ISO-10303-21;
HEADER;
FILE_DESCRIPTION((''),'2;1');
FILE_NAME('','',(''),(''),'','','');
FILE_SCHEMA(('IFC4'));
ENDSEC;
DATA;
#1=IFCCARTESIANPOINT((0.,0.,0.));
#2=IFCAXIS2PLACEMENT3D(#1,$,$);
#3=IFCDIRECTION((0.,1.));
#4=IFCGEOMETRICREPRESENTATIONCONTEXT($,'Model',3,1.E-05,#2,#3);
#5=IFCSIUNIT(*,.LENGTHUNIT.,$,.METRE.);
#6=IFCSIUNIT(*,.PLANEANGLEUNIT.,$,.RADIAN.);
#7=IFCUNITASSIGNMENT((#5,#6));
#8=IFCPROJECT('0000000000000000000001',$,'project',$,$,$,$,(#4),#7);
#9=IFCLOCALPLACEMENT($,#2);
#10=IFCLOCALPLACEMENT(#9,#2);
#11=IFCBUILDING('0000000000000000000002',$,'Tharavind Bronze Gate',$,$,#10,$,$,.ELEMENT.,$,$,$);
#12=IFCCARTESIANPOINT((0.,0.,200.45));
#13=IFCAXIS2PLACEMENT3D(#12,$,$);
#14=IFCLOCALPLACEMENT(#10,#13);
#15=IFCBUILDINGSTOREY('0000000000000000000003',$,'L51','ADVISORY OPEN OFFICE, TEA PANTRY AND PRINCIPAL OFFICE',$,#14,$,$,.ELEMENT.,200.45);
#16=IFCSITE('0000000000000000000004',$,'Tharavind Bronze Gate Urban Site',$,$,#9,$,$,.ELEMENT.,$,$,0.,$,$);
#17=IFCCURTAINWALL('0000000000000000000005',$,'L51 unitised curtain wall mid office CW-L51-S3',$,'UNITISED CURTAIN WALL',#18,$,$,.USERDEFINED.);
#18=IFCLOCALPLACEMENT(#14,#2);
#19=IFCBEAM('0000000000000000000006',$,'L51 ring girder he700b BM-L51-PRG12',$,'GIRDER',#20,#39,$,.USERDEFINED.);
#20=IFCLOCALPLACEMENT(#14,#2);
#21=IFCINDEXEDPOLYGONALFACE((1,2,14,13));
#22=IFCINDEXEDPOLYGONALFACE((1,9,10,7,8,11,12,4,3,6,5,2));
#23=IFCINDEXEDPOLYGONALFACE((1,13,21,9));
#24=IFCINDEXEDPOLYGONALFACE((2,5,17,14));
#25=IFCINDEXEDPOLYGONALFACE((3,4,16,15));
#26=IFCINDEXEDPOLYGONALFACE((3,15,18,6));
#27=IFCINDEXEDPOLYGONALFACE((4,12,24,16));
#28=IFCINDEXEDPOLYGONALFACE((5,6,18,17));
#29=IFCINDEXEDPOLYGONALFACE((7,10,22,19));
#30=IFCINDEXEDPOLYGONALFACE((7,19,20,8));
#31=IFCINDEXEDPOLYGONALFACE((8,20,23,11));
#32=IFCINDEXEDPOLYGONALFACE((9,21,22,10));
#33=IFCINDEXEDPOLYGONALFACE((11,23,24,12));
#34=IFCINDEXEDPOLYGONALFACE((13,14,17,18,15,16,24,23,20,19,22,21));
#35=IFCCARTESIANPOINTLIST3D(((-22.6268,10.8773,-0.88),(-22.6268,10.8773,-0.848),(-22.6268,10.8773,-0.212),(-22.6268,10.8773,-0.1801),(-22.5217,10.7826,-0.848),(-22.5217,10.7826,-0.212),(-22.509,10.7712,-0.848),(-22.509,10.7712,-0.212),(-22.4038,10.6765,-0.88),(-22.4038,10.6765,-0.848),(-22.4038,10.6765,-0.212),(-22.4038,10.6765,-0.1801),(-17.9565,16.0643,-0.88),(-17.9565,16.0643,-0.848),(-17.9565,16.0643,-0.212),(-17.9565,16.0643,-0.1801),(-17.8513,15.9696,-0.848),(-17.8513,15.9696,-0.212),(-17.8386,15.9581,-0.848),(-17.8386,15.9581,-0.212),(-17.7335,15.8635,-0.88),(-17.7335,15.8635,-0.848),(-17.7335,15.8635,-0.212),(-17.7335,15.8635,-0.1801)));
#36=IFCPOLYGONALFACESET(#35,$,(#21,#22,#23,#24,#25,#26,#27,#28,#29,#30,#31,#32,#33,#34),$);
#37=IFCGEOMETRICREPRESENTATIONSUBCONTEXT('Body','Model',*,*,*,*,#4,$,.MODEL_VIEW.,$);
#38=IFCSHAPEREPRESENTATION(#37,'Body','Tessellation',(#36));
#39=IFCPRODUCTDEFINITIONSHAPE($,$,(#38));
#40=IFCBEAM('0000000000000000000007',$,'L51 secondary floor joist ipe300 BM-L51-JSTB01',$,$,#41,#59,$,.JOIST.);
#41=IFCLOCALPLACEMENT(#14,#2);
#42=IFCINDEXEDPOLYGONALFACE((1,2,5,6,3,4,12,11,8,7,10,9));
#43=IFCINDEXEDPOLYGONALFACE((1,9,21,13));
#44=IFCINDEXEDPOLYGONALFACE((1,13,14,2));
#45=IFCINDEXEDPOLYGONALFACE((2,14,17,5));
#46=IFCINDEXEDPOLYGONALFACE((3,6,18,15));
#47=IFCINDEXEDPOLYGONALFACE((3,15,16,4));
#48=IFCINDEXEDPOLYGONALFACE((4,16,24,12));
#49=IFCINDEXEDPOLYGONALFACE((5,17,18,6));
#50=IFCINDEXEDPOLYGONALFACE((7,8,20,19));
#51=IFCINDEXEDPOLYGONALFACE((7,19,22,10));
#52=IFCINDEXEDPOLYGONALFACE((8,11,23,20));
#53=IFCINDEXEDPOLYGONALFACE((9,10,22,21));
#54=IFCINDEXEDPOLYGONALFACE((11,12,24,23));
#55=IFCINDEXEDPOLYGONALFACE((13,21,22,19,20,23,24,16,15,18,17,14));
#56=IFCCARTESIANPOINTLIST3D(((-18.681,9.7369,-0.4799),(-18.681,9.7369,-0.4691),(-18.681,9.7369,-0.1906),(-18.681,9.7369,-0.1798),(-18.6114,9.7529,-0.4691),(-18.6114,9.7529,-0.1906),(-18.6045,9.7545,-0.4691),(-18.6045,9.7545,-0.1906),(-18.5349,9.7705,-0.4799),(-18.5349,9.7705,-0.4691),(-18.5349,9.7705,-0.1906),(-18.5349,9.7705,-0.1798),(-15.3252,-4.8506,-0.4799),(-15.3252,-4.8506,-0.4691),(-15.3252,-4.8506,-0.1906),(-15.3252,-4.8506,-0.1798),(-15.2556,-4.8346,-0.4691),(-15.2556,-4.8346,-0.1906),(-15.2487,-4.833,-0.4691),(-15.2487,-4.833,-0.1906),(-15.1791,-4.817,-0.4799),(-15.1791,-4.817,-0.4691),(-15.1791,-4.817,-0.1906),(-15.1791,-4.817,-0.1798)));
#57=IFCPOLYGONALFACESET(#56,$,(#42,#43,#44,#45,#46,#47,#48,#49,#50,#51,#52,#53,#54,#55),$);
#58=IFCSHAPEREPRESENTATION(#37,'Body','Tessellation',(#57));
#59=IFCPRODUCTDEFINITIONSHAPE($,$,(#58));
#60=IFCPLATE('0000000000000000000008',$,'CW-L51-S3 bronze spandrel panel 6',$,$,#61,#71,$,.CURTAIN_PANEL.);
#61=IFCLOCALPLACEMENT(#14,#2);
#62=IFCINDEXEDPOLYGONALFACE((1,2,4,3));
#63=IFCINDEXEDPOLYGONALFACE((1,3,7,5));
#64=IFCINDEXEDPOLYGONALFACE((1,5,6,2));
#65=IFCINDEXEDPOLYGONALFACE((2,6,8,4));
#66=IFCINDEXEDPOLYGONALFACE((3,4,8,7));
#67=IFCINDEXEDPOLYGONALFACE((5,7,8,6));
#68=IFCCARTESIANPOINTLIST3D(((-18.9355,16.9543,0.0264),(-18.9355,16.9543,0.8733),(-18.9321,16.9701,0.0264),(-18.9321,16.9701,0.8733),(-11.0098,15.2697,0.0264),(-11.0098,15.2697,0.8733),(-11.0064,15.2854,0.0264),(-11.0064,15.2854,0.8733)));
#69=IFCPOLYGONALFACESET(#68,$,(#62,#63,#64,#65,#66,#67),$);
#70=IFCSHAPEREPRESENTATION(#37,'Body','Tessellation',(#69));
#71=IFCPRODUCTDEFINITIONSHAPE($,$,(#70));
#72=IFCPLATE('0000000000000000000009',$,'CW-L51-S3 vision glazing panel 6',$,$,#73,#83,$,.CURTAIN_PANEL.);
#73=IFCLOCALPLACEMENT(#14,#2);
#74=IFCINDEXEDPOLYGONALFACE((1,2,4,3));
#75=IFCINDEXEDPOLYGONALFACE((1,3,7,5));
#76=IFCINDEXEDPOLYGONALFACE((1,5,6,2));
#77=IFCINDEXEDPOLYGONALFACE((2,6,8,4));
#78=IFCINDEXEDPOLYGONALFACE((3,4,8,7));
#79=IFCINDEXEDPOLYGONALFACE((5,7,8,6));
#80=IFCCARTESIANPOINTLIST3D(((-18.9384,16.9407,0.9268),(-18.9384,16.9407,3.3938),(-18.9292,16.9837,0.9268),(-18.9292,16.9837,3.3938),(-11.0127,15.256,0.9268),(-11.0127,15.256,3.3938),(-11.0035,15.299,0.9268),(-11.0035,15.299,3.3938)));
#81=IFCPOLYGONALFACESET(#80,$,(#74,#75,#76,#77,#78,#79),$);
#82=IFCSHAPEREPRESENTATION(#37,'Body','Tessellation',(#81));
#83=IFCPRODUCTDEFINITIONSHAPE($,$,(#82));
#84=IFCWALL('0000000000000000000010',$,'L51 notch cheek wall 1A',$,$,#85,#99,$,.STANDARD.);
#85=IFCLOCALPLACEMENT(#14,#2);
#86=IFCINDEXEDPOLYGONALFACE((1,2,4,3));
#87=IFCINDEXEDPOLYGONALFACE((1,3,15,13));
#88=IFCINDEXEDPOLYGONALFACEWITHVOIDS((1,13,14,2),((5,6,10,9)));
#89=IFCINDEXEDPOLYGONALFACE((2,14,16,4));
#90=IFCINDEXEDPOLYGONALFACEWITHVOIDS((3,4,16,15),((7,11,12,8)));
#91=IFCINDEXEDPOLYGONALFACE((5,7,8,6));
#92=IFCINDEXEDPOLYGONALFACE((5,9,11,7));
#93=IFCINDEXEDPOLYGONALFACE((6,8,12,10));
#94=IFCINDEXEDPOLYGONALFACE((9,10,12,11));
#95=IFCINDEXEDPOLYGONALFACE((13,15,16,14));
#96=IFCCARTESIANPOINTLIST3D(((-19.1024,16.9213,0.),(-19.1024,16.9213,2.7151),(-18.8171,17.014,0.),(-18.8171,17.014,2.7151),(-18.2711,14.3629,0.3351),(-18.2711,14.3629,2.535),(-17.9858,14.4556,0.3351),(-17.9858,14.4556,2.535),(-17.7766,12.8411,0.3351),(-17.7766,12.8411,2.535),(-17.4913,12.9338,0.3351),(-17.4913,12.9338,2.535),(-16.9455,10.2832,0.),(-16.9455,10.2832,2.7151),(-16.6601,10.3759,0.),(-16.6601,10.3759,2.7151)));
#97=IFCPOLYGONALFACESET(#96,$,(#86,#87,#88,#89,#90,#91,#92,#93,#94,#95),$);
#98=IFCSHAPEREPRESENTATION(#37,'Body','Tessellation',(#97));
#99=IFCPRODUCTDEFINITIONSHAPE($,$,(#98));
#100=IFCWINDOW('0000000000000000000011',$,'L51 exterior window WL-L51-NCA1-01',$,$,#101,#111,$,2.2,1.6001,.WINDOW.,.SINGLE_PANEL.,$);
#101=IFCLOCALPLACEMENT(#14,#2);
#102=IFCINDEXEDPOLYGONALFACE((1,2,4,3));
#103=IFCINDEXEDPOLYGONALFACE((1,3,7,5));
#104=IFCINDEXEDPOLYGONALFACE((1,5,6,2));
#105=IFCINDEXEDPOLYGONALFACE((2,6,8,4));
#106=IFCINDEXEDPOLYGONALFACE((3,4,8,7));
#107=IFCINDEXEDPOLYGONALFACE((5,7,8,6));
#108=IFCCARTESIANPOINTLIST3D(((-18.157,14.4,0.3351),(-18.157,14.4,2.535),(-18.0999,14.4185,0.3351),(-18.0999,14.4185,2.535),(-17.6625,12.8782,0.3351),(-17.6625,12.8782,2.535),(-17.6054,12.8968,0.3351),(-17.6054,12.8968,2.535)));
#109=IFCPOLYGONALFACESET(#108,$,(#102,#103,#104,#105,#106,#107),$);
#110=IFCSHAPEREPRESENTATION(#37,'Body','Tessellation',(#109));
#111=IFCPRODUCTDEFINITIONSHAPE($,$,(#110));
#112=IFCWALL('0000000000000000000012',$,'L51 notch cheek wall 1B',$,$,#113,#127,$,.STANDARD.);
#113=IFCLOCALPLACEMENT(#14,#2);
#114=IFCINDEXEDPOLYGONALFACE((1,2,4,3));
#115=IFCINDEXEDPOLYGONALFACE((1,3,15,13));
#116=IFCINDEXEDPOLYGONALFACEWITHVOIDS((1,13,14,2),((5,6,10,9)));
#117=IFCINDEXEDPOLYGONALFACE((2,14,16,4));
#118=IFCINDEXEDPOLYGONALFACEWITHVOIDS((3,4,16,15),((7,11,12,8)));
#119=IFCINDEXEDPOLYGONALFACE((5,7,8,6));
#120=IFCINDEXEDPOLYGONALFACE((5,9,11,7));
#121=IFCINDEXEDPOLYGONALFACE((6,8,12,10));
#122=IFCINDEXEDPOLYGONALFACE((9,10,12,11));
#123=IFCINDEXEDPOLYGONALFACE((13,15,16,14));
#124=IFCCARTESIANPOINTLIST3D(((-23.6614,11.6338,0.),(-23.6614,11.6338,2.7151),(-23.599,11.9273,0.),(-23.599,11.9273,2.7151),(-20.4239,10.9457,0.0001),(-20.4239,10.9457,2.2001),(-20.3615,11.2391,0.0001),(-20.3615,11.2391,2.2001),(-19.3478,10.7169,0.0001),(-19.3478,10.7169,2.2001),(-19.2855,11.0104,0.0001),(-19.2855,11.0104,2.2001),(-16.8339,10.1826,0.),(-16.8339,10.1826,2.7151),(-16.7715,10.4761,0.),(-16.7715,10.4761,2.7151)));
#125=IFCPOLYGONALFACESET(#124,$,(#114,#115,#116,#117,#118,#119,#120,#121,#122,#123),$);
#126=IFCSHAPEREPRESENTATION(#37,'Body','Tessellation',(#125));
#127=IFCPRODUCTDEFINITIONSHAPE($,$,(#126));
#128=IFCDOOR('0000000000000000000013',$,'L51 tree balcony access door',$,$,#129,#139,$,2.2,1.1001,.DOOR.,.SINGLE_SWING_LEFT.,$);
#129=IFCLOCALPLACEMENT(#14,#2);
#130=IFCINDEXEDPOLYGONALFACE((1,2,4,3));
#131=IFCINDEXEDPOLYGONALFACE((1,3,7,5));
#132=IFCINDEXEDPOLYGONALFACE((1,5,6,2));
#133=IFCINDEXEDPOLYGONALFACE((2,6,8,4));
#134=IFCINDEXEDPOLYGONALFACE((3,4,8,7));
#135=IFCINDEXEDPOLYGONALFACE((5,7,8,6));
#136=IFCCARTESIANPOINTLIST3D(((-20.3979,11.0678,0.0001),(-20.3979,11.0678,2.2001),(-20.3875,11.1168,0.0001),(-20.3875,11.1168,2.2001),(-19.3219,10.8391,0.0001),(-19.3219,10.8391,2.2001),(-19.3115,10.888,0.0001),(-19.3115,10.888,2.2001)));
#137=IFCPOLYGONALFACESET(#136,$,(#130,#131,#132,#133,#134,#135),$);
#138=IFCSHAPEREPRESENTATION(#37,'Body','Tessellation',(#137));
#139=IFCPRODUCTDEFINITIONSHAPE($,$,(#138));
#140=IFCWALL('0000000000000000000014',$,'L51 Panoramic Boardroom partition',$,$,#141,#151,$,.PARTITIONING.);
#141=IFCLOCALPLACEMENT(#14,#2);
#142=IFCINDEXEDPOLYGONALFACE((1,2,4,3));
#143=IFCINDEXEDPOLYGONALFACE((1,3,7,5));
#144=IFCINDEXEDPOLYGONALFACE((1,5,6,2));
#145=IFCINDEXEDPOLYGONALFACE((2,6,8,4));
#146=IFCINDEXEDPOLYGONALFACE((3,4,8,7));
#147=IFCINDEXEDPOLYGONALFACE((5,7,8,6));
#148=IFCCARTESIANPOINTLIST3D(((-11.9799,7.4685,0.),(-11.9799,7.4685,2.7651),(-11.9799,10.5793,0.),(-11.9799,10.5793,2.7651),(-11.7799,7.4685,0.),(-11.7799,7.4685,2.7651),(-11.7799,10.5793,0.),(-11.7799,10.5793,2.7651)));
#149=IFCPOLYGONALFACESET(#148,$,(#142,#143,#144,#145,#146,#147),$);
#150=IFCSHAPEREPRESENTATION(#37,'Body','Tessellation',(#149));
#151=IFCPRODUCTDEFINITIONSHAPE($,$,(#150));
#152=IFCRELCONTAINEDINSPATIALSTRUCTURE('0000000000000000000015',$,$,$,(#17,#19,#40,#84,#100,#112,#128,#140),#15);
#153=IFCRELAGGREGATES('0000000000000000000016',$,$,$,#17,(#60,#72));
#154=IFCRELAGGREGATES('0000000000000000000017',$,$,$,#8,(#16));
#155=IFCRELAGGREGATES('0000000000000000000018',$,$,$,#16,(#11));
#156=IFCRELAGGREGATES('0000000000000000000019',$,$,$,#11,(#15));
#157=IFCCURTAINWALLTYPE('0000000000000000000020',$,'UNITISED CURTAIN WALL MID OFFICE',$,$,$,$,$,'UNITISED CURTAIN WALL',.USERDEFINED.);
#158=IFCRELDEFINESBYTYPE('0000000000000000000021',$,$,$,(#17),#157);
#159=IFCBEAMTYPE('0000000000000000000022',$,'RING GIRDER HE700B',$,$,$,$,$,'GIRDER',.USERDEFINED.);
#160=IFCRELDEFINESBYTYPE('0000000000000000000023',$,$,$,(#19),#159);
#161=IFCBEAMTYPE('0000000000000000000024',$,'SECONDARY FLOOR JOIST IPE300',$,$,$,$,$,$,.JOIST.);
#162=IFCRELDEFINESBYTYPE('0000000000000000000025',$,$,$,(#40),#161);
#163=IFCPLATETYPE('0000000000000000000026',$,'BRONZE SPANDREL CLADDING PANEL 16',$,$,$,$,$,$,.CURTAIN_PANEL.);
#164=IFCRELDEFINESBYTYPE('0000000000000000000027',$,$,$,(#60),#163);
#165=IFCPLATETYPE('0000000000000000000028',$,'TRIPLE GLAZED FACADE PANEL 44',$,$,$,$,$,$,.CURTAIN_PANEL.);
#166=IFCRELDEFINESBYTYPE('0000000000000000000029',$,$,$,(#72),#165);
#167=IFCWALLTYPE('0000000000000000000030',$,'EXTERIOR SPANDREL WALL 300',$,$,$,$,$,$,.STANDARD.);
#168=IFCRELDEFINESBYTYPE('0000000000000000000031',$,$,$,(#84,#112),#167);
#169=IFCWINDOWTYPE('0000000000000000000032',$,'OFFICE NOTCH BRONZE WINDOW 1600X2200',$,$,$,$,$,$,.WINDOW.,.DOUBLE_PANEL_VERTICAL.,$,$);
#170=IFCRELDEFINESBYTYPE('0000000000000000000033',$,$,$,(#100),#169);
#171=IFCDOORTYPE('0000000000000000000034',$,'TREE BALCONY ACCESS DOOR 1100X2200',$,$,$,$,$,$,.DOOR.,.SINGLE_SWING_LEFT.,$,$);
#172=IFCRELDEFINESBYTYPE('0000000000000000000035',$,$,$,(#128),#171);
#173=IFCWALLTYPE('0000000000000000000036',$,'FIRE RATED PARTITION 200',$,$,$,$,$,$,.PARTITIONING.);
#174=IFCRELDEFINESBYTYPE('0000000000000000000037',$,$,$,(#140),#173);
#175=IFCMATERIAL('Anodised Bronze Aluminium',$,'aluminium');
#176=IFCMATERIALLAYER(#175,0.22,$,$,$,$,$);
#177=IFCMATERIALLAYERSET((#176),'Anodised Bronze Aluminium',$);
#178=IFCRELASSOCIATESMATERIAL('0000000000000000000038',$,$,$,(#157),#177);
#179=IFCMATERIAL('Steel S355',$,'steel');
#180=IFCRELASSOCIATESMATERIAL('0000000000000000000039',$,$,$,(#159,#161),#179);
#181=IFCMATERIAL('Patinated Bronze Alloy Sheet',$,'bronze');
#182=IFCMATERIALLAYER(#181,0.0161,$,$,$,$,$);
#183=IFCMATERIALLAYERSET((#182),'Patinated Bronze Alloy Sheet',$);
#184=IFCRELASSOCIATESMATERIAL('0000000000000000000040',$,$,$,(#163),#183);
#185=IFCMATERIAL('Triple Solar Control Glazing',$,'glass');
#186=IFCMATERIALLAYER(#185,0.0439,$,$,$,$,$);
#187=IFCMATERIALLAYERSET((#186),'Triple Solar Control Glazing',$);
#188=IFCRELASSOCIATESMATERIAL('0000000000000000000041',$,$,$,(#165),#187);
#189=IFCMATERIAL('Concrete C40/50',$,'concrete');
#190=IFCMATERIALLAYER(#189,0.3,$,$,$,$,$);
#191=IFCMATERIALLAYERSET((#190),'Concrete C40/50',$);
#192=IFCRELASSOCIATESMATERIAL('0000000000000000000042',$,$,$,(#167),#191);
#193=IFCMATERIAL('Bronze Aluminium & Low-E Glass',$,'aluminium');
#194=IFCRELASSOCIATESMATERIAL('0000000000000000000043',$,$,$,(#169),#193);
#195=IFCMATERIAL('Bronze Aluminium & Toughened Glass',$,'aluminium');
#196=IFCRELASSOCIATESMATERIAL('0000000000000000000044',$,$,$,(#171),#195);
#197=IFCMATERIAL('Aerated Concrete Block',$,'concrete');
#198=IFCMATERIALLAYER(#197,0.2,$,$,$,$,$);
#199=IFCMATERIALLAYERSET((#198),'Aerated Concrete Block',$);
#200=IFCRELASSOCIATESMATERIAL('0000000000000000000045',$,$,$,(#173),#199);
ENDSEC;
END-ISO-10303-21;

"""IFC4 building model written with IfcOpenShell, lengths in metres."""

from ifc_helpers import new_model, si_unit, direction, frame, frame_2d, origin, origin_2d, place, context, subcontext, project, spatial, rectangle, i_section, extrude, material, layer, layer_set, material_profile, profile_set, type_object, element, fill, aggregate, save


model = new_model("IFC4")

# Units and contexts
model_context = context("Model", 3, precision=1e-05, world=origin(), true_north=direction((0.0, 1.0)))
body_context = subcontext(model_context, "Body", "Model", "MODEL_VIEW")
ifc_project = project(units=[si_unit("LENGTHUNIT", "METRE"), si_unit("PLANEANGLEUNIT", "RADIAN")], contexts=[model_context])

# Site, building, storey
site_placement = place(None, origin())
site = spatial("IfcSite", under=ifc_project, at=site_placement, Name="Tharavind Bronze Gate Urban Site", CompositionType="ELEMENT", RefElevation=0.0)
building_placement = place(site_placement, origin())
building = spatial("IfcBuilding", under=site, at=building_placement, Name="Tharavind Bronze Gate", CompositionType="ELEMENT")
storey_placement = place(building_placement, frame((0.0, 0.0, 200.45)))
storey = spatial("IfcBuildingStorey", under=building, at=storey_placement, Name="L51", Description="ADVISORY OPEN OFFICE, TEA PANTRY AND PRINCIPAL OFFICE", CompositionType="ELEMENT", Elevation=200.45)

# Shared definitions
ifc_material_1 = material(Name="Anodised Bronze Aluminium", Category="aluminium")
ifc_layer_1 = layer(ifc_material_1, 0.22)
ifc_layer_set_1 = layer_set([ifc_layer_1], Name="Anodised Bronze Aluminium")
curtain_wall_type = type_object("IfcCurtainWallType", Name="UNITISED CURTAIN WALL MID OFFICE", ElementType="UNITISED CURTAIN WALL", PredefinedType="USERDEFINED", material=ifc_layer_set_1)

# Curtain wall
curtain_wall_1_placement = place(storey_placement, origin())
curtain_wall_1 = element("IfcCurtainWall", 1, at=curtain_wall_1_placement, inside=storey, type_object=curtain_wall_type, Name="L51 unitised curtain wall mid office CW-L51-S3", ObjectType="UNITISED CURTAIN WALL", PredefinedType="USERDEFINED")

# Beams
ifc_material_2 = material(Name="Steel S355", Category="steel")
ifc_material_profile_1 = material_profile(ifc_material_2, i_section(OverallWidth=0.3, OverallDepth=0.7, WebThickness=0.0171, FlangeThickness=0.032, at=origin_2d()), Name="HE700B")
ifc_profile_set_1 = profile_set([ifc_material_profile_1], Name="Steel S355")
beam_type_1 = type_object("IfcBeamType", Name="RING GIRDER HE700B", ElementType="GIRDER", PredefinedType="USERDEFINED", material=ifc_profile_set_1)
beam_1_placement = place(storey_placement, frame((-17.845, 15.9639, -0.53), z_axis=(-0.669131, -0.743145, 0.0), x_axis=(0.743145, -0.669131, 0.0)))
element("IfcBeam", 2, at=beam_1_placement, inside=storey, type_object=beam_type_1, Name="L51 ring girder he700b BM-L51-PRG12", ObjectType="GIRDER", PredefinedType="USERDEFINED", context=body_context, shape_type="SweptSolid", body=[
    extrude(i_section(OverallWidth=0.3, OverallDepth=0.7, WebThickness=0.0171, FlangeThickness=0.032, at=origin_2d()), origin(), (0.0, 0.0, 1.0), 6.9797),
])
ifc_material_profile_2 = material_profile(ifc_material_2, i_section(OverallWidth=0.1499, OverallDepth=0.3, WebThickness=0.0071, FlangeThickness=0.0107, at=origin_2d()), Name="IPE300")
ifc_profile_set_2 = profile_set([ifc_material_profile_2], Name="Steel S355")
beam_type_2 = type_object("IfcBeamType", Name="SECONDARY FLOOR JOIST IPE300", PredefinedType="JOIST", material=ifc_profile_set_2)
beam_2_placement = place(storey_placement, frame((-18.6079, 9.7537, -0.3298), z_axis=(0.224186, -0.974546, 0.0), x_axis=(0.974546, 0.224186, 0.0)))
element("IfcBeam", 3, at=beam_2_placement, inside=storey, type_object=beam_type_2, Name="L51 secondary floor joist ipe300 BM-L51-JSTB01", PredefinedType="JOIST", context=body_context, shape_type="SweptSolid", body=[
    extrude(i_section(OverallWidth=0.1499, OverallDepth=0.3, WebThickness=0.0071, FlangeThickness=0.0107, at=origin_2d()), origin(), (0.0, 0.0, 1.0), 14.9685),
])

# Plates
ifc_material_3 = material(Name="Patinated Bronze Alloy Sheet", Category="bronze")
ifc_layer_2 = layer(ifc_material_3, 0.0161)
ifc_layer_set_2 = layer_set([ifc_layer_2], Name="Patinated Bronze Alloy Sheet")
plate_type_1 = type_object("IfcPlateType", Name="BRONZE SPANDREL CLADDING PANEL 16", PredefinedType="CURTAIN_PANEL", material=ifc_layer_set_2)
plate_1_placement = place(storey_placement, frame((-14.9709, 16.1199, 0.0264), z_axis=(0.0, 0.0, 1.0), x_axis=(-0.978148, 0.207912, 0.0)))
plate_1 = element("IfcPlate", 4, at=plate_1_placement, type_object=plate_type_1, Name="CW-L51-S3 bronze spandrel panel 6", PredefinedType="CURTAIN_PANEL", context=body_context, shape_type="SweptSolid", body=[
    extrude(rectangle(XDim=8.1028, YDim=0.0161, at=origin_2d()), origin(), (0.0, 0.0, 1.0), 0.8469),
])
ifc_material_4 = material(Name="Triple Solar Control Glazing", Category="glass")
ifc_layer_3 = layer(ifc_material_4, 0.0439)
ifc_layer_set_3 = layer_set([ifc_layer_3], Name="Triple Solar Control Glazing")
plate_type_2 = type_object("IfcPlateType", Name="TRIPLE GLAZED FACADE PANEL 44", PredefinedType="CURTAIN_PANEL", material=ifc_layer_set_3)
plate_2_placement = place(storey_placement, frame((-14.9709, 16.1199, 0.9268), z_axis=(0.0, 0.0, 1.0), x_axis=(-0.978148, 0.207912, 0.0)))
plate_2 = element("IfcPlate", 5, at=plate_2_placement, type_object=plate_type_2, Name="CW-L51-S3 vision glazing panel 6", PredefinedType="CURTAIN_PANEL", context=body_context, shape_type="SweptSolid", body=[
    extrude(rectangle(XDim=8.1028, YDim=0.0439, at=origin_2d()), origin(), (0.0, 0.0, 1.0), 2.467),
])
aggregate(curtain_wall_1, [plate_1, plate_2])

# Wall, opening, window
ifc_material_5 = material(Name="Concrete C40/50", Category="concrete")
ifc_layer_4 = layer(ifc_material_5, 0.3)
ifc_layer_set_4 = layer_set([ifc_layer_4], Name="Concrete C40/50")
wall_type_1 = type_object("IfcWallType", Name="EXTERIOR SPANDREL WALL 300", PredefinedType="STANDARD", material=ifc_layer_set_4)
wall_1_placement = place(storey_placement, frame((-18.9597, 16.9675, 0.0), z_axis=(0.0, 0.0, 1.0), x_axis=(0.309031, -0.951052, 0.0)))
wall_1 = element("IfcWall", 6, at=wall_1_placement, inside=storey, type_object=wall_type_1, Name="L51 notch cheek wall 1A", PredefinedType="STANDARD", context=body_context, shape_type="SweptSolid", body=[
    extrude(rectangle(XDim=6.9797, YDim=0.3, at=frame_2d((3.4897, 0.0))), origin(), (0.0, 0.0, 1.0), 2.7151),
])
opening_1_placement = place(wall_1_placement, frame((2.6899, 0.0, 0.335)))
opening_1 = element("IfcOpeningElement", 7, at=opening_1_placement, cuts=wall_1, PredefinedType="OPENING", context=body_context, shape_type="SweptSolid", body=[
    extrude(rectangle(XDim=1.6001, YDim=2.2, at=frame_2d((0.8, 1.1001))), frame((0.0, 0.1599, 0.0), z_axis=(0.0, -1.0, 0.0), x_axis=(1.0, 0.0, 0.0)), (0.0, 0.0, 1.0), 0.32),
])
ifc_material_6 = material(Name="Bronze Aluminium & Low-E Glass", Category="aluminium")
window_type = type_object("IfcWindowType", Name="OFFICE NOTCH BRONZE WINDOW 1600X2200", PartitioningType="DOUBLE_PANEL_VERTICAL", PredefinedType="WINDOW", material=ifc_material_6)
window_placement = place(opening_1_placement, origin())
window = element("IfcWindow", 8, at=window_placement, inside=storey, type_object=window_type, Name="L51 exterior window WL-L51-NCA1-01", OverallHeight=2.2, OverallWidth=1.6001, PartitioningType="SINGLE_PANEL", PredefinedType="WINDOW", context=body_context, shape_type="SweptSolid", body=[
    extrude(rectangle(XDim=1.6001, YDim=2.2, at=frame_2d((0.8, 1.1001))), frame((0.0, 0.03, 0.0), z_axis=(0.0, -1.0, 0.0), x_axis=(1.0, 0.0, 0.0)), (0.0, 0.0, 1.0), 0.0601),
])
fill(opening_1, window)

# Wall, opening, door
wall_2_placement = place(storey_placement, frame((-16.8027, 10.3293, 0.0), z_axis=(0.0, 0.0, 1.0), x_axis=(-0.978149, 0.207907, 0.0)))
wall_2 = element("IfcWall", 9, at=wall_2_placement, inside=storey, type_object=wall_type_1, Name="L51 notch cheek wall 1B", PredefinedType="STANDARD", context=body_context, shape_type="SweptSolid", body=[
    extrude(rectangle(XDim=6.98, YDim=0.3, at=frame_2d((3.49, 0.0))), origin(), (0.0, 0.0, 1.0), 2.7151),
])
opening_2_placement = place(wall_2_placement, frame((2.5701, 0.0, 0.0)))
opening_2 = element("IfcOpeningElement", 10, at=opening_2_placement, cuts=wall_2, PredefinedType="OPENING", context=body_context, shape_type="SweptSolid", body=[
    extrude(rectangle(XDim=1.1001, YDim=2.2, at=frame_2d((0.55, 1.1001))), frame((0.0, 0.1599, 0.0), z_axis=(0.0, -1.0, 0.0), x_axis=(1.0, 0.0, 0.0)), (0.0, 0.0, 1.0), 0.32),
])
ifc_material_7 = material(Name="Bronze Aluminium & Toughened Glass", Category="aluminium")
door_type = type_object("IfcDoorType", Name="TREE BALCONY ACCESS DOOR 1100X2200", OperationType="SINGLE_SWING_LEFT", PredefinedType="DOOR", material=ifc_material_7)
door_placement = place(opening_2_placement, frame((1.1001, 0.0, 0.0), z_axis=(0.0, 0.0, 1.0), x_axis=(-1.0, 0.0, 0.0)))
door = element("IfcDoor", 11, at=door_placement, inside=storey, type_object=door_type, Name="L51 tree balcony access door", OperationType="SINGLE_SWING_LEFT", OverallHeight=2.2, OverallWidth=1.1001, PredefinedType="DOOR", context=body_context, shape_type="SweptSolid", body=[
    extrude(rectangle(XDim=1.1001, YDim=2.2, at=frame_2d((0.55, 1.1001))), frame((0.0, 0.0249, 0.0), z_axis=(0.0, -1.0, 0.0), x_axis=(1.0, 0.0, 0.0)), (0.0, 0.0, 1.0), 0.05),
])
fill(opening_2, door)

# Wall
ifc_material_8 = material(Name="Aerated Concrete Block", Category="concrete")
ifc_layer_5 = layer(ifc_material_8, 0.2)
ifc_layer_set_5 = layer_set([ifc_layer_5], Name="Aerated Concrete Block")
wall_type_2 = type_object("IfcWallType", Name="FIRE RATED PARTITION 200", PredefinedType="PARTITIONING", material=ifc_layer_set_5)
wall_3_placement = place(storey_placement, frame((-11.8799, 10.5793, 0.0), z_axis=(0.0, 0.0, 1.0), x_axis=(0.0, -1.0, 0.0)))
element("IfcWall", 12, at=wall_3_placement, inside=storey, type_object=wall_type_2, Name="L51 Panoramic Boardroom partition", PredefinedType="PARTITIONING", context=body_context, shape_type="SweptSolid", body=[
    extrude(rectangle(XDim=3.1108, YDim=0.2, at=frame_2d((1.5554, 0.0))), origin(), (0.0, 0.0, 1.0), 2.7651),
])

save(model, "model.ifc")
